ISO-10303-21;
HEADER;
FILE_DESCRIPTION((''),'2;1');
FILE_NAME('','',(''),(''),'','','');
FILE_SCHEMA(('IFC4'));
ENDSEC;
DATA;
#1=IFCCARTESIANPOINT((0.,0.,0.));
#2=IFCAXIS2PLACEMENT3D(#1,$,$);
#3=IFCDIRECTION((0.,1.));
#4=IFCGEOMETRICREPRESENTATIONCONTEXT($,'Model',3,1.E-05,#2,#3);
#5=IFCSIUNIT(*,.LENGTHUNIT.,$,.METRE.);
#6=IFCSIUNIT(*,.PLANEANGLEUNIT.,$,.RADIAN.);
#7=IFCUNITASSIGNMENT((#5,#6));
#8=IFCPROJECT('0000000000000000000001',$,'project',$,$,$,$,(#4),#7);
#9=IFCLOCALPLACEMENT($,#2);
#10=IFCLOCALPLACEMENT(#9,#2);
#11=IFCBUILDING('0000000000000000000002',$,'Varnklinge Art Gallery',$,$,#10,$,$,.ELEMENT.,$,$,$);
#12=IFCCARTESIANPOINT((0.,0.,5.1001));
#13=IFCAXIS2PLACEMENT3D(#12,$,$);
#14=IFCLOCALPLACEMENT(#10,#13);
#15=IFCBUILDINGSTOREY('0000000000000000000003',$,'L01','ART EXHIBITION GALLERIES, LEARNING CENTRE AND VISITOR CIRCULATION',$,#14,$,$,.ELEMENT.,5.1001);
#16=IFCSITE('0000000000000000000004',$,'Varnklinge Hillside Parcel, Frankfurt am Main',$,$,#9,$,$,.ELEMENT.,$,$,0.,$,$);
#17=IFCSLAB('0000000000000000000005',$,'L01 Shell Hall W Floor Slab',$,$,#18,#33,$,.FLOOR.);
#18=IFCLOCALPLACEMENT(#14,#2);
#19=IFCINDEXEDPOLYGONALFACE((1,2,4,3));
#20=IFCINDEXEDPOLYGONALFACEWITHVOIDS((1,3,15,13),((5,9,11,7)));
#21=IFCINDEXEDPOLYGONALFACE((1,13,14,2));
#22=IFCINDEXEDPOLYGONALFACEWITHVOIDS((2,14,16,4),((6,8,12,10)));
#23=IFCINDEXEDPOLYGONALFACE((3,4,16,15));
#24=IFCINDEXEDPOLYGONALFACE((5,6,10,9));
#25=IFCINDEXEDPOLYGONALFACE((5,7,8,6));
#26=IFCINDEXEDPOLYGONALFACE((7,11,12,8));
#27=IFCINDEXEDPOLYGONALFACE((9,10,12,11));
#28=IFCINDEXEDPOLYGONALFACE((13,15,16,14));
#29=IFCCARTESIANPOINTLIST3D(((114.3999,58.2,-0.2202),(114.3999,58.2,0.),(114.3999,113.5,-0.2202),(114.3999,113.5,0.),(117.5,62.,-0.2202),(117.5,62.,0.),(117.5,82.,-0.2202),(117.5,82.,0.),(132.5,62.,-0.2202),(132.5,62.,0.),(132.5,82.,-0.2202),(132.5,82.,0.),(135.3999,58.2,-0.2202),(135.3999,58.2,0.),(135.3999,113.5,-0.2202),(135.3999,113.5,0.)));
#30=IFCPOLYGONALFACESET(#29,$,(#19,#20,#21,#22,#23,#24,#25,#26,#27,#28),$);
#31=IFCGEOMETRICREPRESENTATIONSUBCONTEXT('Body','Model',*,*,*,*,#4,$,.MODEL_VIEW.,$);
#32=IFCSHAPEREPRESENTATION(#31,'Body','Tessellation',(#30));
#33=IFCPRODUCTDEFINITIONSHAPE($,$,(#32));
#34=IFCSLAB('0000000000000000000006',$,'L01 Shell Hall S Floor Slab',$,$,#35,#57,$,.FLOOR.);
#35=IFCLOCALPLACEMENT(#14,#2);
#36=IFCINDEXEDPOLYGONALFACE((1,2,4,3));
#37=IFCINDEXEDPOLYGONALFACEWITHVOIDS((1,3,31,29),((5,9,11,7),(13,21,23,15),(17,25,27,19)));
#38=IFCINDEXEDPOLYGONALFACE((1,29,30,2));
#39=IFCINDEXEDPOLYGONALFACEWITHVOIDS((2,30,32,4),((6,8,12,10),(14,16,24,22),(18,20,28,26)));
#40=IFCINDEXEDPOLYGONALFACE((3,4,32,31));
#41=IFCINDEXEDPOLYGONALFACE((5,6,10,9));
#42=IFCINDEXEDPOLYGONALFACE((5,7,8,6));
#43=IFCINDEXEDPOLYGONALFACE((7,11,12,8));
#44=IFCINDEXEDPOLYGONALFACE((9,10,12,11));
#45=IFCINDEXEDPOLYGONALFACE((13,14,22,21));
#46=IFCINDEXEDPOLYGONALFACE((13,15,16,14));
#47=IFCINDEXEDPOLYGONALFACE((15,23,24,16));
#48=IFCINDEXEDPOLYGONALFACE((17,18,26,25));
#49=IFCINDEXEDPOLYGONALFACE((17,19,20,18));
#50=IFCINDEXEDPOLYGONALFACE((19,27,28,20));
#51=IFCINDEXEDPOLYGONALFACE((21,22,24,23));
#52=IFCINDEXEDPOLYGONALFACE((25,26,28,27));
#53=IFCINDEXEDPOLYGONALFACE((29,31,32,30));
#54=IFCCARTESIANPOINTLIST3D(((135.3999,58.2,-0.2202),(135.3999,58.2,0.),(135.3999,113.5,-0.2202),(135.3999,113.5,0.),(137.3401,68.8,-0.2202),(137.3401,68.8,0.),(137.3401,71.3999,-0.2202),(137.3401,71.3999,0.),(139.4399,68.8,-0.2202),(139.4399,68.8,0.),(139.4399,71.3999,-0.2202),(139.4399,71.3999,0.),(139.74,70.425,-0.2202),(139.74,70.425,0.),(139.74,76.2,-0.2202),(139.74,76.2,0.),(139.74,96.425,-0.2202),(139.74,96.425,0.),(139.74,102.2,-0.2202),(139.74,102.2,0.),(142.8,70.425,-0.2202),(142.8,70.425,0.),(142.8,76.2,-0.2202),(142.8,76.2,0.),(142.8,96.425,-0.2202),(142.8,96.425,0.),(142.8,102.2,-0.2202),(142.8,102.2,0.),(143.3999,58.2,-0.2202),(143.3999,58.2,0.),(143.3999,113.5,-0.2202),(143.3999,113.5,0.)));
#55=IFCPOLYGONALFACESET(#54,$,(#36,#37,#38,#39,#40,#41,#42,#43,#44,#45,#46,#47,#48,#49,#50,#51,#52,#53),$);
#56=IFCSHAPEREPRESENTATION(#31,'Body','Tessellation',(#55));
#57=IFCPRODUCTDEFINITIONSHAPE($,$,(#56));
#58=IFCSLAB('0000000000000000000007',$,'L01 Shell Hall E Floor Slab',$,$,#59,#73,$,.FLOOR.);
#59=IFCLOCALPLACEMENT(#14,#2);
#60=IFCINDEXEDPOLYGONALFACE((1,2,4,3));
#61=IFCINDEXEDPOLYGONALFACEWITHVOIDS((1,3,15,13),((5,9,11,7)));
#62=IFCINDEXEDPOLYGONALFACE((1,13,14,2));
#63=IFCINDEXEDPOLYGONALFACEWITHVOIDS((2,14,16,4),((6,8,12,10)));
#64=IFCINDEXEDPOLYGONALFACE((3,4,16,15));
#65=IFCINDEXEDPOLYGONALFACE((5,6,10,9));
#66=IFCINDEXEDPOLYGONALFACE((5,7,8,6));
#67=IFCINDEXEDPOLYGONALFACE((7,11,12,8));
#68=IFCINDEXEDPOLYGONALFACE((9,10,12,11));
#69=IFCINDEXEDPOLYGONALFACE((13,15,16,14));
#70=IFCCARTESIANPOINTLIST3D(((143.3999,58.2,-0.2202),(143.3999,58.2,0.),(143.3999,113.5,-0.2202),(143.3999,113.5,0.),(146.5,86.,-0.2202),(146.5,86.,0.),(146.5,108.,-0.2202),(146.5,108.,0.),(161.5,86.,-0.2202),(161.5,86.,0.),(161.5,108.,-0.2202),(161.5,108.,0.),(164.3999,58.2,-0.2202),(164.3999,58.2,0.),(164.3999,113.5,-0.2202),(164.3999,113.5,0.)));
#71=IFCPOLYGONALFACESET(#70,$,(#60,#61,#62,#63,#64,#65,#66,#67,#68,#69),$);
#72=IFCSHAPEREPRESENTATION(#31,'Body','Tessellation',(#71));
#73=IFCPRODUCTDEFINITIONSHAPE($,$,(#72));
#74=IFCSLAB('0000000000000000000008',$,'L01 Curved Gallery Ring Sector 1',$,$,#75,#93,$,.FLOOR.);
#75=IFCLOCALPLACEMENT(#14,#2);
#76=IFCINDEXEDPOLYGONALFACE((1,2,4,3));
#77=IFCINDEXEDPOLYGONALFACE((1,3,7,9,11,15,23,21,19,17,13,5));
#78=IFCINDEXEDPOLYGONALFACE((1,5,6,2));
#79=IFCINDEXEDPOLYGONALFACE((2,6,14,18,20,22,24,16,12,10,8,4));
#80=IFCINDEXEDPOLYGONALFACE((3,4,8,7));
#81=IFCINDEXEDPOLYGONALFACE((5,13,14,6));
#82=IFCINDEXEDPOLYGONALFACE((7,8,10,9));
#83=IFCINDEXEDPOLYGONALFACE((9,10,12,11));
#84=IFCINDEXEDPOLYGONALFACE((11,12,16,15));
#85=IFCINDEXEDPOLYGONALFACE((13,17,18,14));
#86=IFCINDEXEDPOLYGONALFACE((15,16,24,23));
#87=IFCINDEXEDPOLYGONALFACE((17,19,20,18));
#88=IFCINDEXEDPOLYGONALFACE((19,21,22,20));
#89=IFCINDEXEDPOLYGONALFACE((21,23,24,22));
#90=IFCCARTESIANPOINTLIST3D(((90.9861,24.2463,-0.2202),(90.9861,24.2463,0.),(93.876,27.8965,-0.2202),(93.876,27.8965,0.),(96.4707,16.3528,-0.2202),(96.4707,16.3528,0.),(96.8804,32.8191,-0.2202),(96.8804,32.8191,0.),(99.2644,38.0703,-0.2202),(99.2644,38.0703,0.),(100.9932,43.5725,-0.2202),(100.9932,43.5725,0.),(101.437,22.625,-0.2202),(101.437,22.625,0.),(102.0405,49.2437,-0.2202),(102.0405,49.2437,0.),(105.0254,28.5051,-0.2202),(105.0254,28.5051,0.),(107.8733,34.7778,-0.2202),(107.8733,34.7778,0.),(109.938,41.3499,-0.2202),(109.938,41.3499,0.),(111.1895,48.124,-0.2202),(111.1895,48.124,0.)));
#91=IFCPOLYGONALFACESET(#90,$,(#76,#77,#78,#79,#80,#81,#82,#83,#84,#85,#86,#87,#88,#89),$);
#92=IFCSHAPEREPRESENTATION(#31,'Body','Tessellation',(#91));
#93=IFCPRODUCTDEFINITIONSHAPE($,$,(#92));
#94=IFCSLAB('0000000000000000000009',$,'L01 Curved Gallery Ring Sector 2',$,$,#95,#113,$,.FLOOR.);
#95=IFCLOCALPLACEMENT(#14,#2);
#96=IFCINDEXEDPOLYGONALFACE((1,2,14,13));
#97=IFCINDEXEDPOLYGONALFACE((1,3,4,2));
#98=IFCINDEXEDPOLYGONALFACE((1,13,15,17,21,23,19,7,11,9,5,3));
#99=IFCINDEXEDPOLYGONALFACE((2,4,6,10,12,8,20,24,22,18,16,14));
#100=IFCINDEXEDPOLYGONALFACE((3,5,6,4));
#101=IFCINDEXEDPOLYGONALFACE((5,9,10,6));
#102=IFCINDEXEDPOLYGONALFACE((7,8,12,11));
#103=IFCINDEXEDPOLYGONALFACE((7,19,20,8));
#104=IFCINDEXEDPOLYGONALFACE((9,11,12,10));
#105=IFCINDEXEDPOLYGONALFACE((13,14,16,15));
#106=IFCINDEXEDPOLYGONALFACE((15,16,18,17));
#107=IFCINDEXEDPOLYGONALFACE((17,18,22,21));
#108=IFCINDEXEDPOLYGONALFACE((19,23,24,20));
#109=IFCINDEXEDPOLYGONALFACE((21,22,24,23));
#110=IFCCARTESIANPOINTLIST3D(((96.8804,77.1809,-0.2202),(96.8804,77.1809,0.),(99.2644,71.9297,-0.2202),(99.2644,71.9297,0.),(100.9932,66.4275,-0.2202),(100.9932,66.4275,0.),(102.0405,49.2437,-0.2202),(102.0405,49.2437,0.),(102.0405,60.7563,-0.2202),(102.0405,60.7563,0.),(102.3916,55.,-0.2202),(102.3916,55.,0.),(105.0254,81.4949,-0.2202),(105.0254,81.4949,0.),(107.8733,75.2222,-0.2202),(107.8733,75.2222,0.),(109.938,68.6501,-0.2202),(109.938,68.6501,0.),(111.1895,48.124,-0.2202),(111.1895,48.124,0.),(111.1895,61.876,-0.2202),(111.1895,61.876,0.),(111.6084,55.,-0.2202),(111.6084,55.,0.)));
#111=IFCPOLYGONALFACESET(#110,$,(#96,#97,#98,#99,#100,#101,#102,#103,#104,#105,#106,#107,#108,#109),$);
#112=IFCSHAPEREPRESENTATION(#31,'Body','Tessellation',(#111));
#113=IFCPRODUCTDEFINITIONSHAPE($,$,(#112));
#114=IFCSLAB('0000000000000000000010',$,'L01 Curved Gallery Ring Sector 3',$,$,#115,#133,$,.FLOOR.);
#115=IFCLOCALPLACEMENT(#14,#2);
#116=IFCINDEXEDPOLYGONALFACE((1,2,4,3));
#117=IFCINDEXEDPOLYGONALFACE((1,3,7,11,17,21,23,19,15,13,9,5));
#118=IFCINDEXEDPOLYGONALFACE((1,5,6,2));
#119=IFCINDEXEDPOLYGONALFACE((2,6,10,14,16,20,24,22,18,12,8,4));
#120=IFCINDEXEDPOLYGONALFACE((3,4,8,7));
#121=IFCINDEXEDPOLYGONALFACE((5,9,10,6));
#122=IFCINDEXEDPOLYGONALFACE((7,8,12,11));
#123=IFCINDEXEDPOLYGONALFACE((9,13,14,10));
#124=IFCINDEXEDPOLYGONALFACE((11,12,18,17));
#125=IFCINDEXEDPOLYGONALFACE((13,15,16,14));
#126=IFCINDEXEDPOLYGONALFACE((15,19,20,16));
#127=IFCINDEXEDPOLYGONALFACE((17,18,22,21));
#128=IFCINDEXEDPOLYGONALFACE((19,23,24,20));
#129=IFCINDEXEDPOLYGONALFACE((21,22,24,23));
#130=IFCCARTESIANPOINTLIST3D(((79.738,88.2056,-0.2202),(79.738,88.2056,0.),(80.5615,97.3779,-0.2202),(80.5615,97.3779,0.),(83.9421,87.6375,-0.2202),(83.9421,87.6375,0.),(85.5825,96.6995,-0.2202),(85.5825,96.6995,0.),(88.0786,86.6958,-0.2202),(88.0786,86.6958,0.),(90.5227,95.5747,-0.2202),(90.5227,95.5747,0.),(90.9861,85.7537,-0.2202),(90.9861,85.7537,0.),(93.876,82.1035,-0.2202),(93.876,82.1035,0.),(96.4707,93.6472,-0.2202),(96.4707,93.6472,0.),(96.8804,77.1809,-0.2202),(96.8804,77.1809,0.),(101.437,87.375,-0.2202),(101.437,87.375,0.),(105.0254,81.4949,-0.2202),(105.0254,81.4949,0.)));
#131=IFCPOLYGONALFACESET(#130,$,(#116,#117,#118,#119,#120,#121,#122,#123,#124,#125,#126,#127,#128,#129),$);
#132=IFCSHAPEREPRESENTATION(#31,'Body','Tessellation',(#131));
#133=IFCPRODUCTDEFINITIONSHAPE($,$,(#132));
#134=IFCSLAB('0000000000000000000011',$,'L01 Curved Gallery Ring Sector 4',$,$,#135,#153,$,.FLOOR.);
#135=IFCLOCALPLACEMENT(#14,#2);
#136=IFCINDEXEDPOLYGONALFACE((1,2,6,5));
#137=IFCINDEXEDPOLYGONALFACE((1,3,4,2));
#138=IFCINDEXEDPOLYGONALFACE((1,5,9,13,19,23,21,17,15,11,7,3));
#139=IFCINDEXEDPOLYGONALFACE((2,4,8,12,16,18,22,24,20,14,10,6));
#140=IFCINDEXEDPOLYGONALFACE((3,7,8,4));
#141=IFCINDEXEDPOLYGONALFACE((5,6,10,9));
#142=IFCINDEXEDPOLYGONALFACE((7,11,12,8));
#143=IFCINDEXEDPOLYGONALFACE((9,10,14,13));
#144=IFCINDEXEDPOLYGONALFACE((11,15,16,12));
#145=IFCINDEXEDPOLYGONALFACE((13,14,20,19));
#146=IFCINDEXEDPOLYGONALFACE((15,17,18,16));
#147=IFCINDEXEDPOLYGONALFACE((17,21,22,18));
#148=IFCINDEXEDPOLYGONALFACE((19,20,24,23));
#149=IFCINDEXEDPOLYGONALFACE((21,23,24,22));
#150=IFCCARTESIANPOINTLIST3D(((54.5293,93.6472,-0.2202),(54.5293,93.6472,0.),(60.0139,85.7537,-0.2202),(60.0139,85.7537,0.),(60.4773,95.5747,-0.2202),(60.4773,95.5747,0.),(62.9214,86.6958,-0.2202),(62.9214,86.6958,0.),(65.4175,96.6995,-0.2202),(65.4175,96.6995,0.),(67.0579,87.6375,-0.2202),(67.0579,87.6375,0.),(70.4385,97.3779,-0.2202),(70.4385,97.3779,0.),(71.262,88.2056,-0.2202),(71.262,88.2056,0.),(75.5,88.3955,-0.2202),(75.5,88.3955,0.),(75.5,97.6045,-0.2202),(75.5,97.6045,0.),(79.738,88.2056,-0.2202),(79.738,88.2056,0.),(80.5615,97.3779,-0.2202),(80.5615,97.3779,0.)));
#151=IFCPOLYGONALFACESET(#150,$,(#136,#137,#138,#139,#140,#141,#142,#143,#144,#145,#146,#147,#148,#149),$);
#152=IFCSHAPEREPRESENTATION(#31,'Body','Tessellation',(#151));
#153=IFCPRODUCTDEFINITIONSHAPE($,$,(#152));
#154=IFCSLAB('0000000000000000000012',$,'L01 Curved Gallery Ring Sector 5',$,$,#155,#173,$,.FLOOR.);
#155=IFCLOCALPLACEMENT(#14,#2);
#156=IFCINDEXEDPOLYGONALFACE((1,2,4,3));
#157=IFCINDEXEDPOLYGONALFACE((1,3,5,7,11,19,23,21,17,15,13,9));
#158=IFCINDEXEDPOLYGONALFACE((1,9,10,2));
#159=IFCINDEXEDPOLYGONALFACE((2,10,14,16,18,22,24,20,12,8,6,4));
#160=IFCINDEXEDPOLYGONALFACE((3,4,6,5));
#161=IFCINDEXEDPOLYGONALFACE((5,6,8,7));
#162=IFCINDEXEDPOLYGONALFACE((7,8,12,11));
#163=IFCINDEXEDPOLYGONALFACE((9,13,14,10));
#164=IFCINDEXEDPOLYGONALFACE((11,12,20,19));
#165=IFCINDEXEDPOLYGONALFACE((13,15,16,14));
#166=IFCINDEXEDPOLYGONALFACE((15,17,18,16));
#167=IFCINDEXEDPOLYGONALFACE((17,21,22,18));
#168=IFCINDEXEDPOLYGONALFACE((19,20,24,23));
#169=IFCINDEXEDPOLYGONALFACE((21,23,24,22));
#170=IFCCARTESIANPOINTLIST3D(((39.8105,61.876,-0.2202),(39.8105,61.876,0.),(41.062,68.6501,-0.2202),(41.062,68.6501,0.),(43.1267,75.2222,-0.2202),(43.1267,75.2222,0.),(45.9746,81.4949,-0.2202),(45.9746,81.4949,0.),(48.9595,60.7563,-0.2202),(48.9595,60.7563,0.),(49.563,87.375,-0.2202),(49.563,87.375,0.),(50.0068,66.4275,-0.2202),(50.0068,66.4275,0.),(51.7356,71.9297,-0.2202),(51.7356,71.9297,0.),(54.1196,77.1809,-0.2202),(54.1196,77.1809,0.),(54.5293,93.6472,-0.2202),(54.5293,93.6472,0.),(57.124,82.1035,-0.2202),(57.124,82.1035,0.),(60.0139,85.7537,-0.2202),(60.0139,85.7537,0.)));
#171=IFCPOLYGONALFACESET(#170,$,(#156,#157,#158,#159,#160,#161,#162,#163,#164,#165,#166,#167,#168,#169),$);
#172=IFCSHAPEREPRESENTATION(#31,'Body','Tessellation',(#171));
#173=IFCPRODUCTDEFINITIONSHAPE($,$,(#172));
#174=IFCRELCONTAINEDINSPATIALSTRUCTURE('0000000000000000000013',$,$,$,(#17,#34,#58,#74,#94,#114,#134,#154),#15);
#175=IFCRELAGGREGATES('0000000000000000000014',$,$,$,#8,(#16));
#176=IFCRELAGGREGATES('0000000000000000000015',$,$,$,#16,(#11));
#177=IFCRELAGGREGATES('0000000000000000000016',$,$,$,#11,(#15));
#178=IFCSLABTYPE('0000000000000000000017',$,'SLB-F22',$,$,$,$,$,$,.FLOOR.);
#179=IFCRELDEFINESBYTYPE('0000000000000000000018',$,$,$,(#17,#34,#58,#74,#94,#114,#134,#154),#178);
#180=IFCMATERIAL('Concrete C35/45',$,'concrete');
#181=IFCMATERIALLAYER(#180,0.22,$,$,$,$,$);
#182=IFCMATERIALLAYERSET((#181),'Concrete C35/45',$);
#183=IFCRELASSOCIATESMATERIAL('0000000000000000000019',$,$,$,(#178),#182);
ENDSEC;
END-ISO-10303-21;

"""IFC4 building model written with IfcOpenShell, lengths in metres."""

from ifc_helpers import new_model, si_unit, direction, frame, origin, place, context, subcontext, project, spatial, polyline, outline, extrude, material, layer, layer_set, type_object, element, save


model = new_model("IFC4")

# Units and contexts
model_context = context("Model", 3, precision=1e-05, world=origin(), true_north=direction((0.0, 1.0)))
body_context = subcontext(model_context, "Body", "Model", "MODEL_VIEW")
ifc_project = project(units=[si_unit("LENGTHUNIT", "METRE"), si_unit("PLANEANGLEUNIT", "RADIAN")], contexts=[model_context])

# Site, building, storey
site_placement = place(None, origin())
site = spatial("IfcSite", under=ifc_project, at=site_placement, Name="Varnklinge Hillside Parcel, Frankfurt am Main", CompositionType="ELEMENT", RefElevation=0.0)
building_placement = place(site_placement, origin())
building = spatial("IfcBuilding", under=site, at=building_placement, Name="Varnklinge Art Gallery", CompositionType="ELEMENT")
storey_placement = place(building_placement, frame((0.0, 0.0, 5.1001)))
storey = spatial("IfcBuildingStorey", under=building, at=storey_placement, Name="L01", Description="ART EXHIBITION GALLERIES, LEARNING CENTRE AND VISITOR CIRCULATION", CompositionType="ELEMENT", Elevation=5.1001)

# Slabs
ifc_material_1 = material(Name="Concrete C35/45", Category="concrete")
ifc_layer_1 = layer(ifc_material_1, 0.22)
ifc_layer_set_1 = layer_set([ifc_layer_1], Name="Concrete C35/45")
slab_type_1 = type_object("IfcSlabType", Name="SLB-F22", PredefinedType="FLOOR", material=ifc_layer_set_1)
slab_1_placement = place(storey_placement, frame((0.0, 0.0, -0.2202)))
element("IfcSlab", 1, at=slab_1_placement, inside=storey, type_object=slab_type_1, Name="L01 Shell Hall W Floor Slab", PredefinedType="FLOOR", context=body_context, shape_type="SweptSolid", body=[
    extrude(outline(polyline([(114.3999, 58.2), (135.3999, 58.2), (135.3999, 113.5), (114.3999, 113.5), (114.3999, 58.2)]), holes=[polyline([(117.5, 82.0), (132.5, 82.0), (132.5, 62.0), (117.5, 62.0), (117.5, 82.0)])]), origin(), (0.0, 0.0, 1.0), 0.2202),
])
slab_2_placement = place(storey_placement, frame((0.0, 0.0, -0.2202)))
element("IfcSlab", 2, at=slab_2_placement, inside=storey, type_object=slab_type_1, Name="L01 Shell Hall S Floor Slab", PredefinedType="FLOOR", context=body_context, shape_type="SweptSolid", body=[
    extrude(outline(polyline([(143.3999, 113.5), (135.3999, 113.5), (135.3999, 58.2), (143.3999, 58.2), (143.3999, 113.5)]), holes=[polyline([(139.4399, 68.8), (137.3401, 68.8), (137.3401, 71.3999), (139.4399, 71.3999), (139.4399, 68.8)]), polyline([(139.74, 76.2), (142.8, 76.2), (142.8, 70.425), (139.74, 70.425), (139.74, 76.2)]), polyline([(142.8, 102.2), (142.8, 96.425), (139.74, 96.425), (139.74, 102.2), (142.8, 102.2)])]), origin(), (0.0, 0.0, 1.0), 0.2202),
])
slab_3_placement = place(storey_placement, frame((0.0, 0.0, -0.2202)))
element("IfcSlab", 3, at=slab_3_placement, inside=storey, type_object=slab_type_1, Name="L01 Shell Hall E Floor Slab", PredefinedType="FLOOR", context=body_context, shape_type="SweptSolid", body=[
    extrude(outline(polyline([(143.3999, 58.2), (164.3999, 58.2), (164.3999, 113.5), (143.3999, 113.5), (143.3999, 58.2)]), holes=[polyline([(146.5, 108.0), (161.5, 108.0), (161.5, 86.0), (146.5, 86.0), (146.5, 108.0)])]), origin(), (0.0, 0.0, 1.0), 0.2202),
])
slab_4_placement = place(storey_placement, frame((0.0, 0.0, -0.2202)))
element("IfcSlab", 4, at=slab_4_placement, inside=storey, type_object=slab_type_1, Name="L01 Curved Gallery Ring Sector 1", PredefinedType="FLOOR", context=body_context, shape_type="SweptSolid", body=[
    extrude(outline(polyline([(101.437, 22.625), (105.0254, 28.5051), (107.8733, 34.7778), (109.938, 41.3499), (111.1895, 48.124), (102.0405, 49.2437), (100.9932, 43.5725), (99.2644, 38.0703), (96.8804, 32.8191), (93.876, 27.8965), (90.9861, 24.2463), (96.4707, 16.3528), (101.437, 22.625)])), origin(), (0.0, 0.0, 1.0), 0.2202),
])
slab_5_placement = place(storey_placement, frame((0.0, 0.0, -0.2202)))
element("IfcSlab", 5, at=slab_5_placement, inside=storey, type_object=slab_type_1, Name="L01 Curved Gallery Ring Sector 2", PredefinedType="FLOOR", context=body_context, shape_type="SweptSolid", body=[
    extrude(outline(polyline([(111.6084, 55.0), (111.1895, 61.876), (109.938, 68.6501), (107.8733, 75.2222), (105.0254, 81.4949), (96.8804, 77.1809), (99.2644, 71.9297), (100.9932, 66.4275), (102.0405, 60.7563), (102.3916, 55.0), (102.0405, 49.2437), (111.1895, 48.124), (111.6084, 55.0)])), origin(), (0.0, 0.0, 1.0), 0.2202),
])
slab_6_placement = place(storey_placement, frame((0.0, 0.0, -0.2202)))
element("IfcSlab", 6, at=slab_6_placement, inside=storey, type_object=slab_type_1, Name="L01 Curved Gallery Ring Sector 3", PredefinedType="FLOOR", context=body_context, shape_type="SweptSolid", body=[
    extrude(outline(polyline([(101.437, 87.375), (96.4707, 93.6472), (90.5227, 95.5747), (85.5825, 96.6995), (80.5615, 97.3779), (79.738, 88.2056), (83.9421, 87.6375), (88.0786, 86.6958), (90.9861, 85.7537), (93.876, 82.1035), (96.8804, 77.1809), (105.0254, 81.4949), (101.437, 87.375)])), origin(), (0.0, 0.0, 1.0), 0.2202),
])
slab_7_placement = place(storey_placement, frame((0.0, 0.0, -0.2202)))
element("IfcSlab", 7, at=slab_7_placement, inside=storey, type_object=slab_type_1, Name="L01 Curved Gallery Ring Sector 4", PredefinedType="FLOOR", context=body_context, shape_type="SweptSolid", body=[
    extrude(outline(polyline([(75.5, 97.6045), (70.4385, 97.3779), (65.4175, 96.6995), (60.4773, 95.5747), (54.5293, 93.6472), (60.0139, 85.7537), (62.9214, 86.6958), (67.0579, 87.6375), (71.262, 88.2056), (75.5, 88.3955), (79.738, 88.2056), (80.5615, 97.3779), (75.5, 97.6045)])), origin(), (0.0, 0.0, 1.0), 0.2202),
])
slab_8_placement = place(storey_placement, frame((0.0, 0.0, -0.2202)))
element("IfcSlab", 8, at=slab_8_placement, inside=storey, type_object=slab_type_1, Name="L01 Curved Gallery Ring Sector 5", PredefinedType="FLOOR", context=body_context, shape_type="SweptSolid", body=[
    extrude(outline(polyline([(49.563, 87.375), (45.9746, 81.4949), (43.1267, 75.2222), (41.062, 68.6501), (39.8105, 61.876), (48.9595, 60.7563), (50.0068, 66.4275), (51.7356, 71.9297), (54.1196, 77.1809), (57.124, 82.1035), (60.0139, 85.7537), (54.5293, 93.6472), (49.563, 87.375)])), origin(), (0.0, 0.0, 1.0), 0.2202),
])

save(model, "model.ifc")
